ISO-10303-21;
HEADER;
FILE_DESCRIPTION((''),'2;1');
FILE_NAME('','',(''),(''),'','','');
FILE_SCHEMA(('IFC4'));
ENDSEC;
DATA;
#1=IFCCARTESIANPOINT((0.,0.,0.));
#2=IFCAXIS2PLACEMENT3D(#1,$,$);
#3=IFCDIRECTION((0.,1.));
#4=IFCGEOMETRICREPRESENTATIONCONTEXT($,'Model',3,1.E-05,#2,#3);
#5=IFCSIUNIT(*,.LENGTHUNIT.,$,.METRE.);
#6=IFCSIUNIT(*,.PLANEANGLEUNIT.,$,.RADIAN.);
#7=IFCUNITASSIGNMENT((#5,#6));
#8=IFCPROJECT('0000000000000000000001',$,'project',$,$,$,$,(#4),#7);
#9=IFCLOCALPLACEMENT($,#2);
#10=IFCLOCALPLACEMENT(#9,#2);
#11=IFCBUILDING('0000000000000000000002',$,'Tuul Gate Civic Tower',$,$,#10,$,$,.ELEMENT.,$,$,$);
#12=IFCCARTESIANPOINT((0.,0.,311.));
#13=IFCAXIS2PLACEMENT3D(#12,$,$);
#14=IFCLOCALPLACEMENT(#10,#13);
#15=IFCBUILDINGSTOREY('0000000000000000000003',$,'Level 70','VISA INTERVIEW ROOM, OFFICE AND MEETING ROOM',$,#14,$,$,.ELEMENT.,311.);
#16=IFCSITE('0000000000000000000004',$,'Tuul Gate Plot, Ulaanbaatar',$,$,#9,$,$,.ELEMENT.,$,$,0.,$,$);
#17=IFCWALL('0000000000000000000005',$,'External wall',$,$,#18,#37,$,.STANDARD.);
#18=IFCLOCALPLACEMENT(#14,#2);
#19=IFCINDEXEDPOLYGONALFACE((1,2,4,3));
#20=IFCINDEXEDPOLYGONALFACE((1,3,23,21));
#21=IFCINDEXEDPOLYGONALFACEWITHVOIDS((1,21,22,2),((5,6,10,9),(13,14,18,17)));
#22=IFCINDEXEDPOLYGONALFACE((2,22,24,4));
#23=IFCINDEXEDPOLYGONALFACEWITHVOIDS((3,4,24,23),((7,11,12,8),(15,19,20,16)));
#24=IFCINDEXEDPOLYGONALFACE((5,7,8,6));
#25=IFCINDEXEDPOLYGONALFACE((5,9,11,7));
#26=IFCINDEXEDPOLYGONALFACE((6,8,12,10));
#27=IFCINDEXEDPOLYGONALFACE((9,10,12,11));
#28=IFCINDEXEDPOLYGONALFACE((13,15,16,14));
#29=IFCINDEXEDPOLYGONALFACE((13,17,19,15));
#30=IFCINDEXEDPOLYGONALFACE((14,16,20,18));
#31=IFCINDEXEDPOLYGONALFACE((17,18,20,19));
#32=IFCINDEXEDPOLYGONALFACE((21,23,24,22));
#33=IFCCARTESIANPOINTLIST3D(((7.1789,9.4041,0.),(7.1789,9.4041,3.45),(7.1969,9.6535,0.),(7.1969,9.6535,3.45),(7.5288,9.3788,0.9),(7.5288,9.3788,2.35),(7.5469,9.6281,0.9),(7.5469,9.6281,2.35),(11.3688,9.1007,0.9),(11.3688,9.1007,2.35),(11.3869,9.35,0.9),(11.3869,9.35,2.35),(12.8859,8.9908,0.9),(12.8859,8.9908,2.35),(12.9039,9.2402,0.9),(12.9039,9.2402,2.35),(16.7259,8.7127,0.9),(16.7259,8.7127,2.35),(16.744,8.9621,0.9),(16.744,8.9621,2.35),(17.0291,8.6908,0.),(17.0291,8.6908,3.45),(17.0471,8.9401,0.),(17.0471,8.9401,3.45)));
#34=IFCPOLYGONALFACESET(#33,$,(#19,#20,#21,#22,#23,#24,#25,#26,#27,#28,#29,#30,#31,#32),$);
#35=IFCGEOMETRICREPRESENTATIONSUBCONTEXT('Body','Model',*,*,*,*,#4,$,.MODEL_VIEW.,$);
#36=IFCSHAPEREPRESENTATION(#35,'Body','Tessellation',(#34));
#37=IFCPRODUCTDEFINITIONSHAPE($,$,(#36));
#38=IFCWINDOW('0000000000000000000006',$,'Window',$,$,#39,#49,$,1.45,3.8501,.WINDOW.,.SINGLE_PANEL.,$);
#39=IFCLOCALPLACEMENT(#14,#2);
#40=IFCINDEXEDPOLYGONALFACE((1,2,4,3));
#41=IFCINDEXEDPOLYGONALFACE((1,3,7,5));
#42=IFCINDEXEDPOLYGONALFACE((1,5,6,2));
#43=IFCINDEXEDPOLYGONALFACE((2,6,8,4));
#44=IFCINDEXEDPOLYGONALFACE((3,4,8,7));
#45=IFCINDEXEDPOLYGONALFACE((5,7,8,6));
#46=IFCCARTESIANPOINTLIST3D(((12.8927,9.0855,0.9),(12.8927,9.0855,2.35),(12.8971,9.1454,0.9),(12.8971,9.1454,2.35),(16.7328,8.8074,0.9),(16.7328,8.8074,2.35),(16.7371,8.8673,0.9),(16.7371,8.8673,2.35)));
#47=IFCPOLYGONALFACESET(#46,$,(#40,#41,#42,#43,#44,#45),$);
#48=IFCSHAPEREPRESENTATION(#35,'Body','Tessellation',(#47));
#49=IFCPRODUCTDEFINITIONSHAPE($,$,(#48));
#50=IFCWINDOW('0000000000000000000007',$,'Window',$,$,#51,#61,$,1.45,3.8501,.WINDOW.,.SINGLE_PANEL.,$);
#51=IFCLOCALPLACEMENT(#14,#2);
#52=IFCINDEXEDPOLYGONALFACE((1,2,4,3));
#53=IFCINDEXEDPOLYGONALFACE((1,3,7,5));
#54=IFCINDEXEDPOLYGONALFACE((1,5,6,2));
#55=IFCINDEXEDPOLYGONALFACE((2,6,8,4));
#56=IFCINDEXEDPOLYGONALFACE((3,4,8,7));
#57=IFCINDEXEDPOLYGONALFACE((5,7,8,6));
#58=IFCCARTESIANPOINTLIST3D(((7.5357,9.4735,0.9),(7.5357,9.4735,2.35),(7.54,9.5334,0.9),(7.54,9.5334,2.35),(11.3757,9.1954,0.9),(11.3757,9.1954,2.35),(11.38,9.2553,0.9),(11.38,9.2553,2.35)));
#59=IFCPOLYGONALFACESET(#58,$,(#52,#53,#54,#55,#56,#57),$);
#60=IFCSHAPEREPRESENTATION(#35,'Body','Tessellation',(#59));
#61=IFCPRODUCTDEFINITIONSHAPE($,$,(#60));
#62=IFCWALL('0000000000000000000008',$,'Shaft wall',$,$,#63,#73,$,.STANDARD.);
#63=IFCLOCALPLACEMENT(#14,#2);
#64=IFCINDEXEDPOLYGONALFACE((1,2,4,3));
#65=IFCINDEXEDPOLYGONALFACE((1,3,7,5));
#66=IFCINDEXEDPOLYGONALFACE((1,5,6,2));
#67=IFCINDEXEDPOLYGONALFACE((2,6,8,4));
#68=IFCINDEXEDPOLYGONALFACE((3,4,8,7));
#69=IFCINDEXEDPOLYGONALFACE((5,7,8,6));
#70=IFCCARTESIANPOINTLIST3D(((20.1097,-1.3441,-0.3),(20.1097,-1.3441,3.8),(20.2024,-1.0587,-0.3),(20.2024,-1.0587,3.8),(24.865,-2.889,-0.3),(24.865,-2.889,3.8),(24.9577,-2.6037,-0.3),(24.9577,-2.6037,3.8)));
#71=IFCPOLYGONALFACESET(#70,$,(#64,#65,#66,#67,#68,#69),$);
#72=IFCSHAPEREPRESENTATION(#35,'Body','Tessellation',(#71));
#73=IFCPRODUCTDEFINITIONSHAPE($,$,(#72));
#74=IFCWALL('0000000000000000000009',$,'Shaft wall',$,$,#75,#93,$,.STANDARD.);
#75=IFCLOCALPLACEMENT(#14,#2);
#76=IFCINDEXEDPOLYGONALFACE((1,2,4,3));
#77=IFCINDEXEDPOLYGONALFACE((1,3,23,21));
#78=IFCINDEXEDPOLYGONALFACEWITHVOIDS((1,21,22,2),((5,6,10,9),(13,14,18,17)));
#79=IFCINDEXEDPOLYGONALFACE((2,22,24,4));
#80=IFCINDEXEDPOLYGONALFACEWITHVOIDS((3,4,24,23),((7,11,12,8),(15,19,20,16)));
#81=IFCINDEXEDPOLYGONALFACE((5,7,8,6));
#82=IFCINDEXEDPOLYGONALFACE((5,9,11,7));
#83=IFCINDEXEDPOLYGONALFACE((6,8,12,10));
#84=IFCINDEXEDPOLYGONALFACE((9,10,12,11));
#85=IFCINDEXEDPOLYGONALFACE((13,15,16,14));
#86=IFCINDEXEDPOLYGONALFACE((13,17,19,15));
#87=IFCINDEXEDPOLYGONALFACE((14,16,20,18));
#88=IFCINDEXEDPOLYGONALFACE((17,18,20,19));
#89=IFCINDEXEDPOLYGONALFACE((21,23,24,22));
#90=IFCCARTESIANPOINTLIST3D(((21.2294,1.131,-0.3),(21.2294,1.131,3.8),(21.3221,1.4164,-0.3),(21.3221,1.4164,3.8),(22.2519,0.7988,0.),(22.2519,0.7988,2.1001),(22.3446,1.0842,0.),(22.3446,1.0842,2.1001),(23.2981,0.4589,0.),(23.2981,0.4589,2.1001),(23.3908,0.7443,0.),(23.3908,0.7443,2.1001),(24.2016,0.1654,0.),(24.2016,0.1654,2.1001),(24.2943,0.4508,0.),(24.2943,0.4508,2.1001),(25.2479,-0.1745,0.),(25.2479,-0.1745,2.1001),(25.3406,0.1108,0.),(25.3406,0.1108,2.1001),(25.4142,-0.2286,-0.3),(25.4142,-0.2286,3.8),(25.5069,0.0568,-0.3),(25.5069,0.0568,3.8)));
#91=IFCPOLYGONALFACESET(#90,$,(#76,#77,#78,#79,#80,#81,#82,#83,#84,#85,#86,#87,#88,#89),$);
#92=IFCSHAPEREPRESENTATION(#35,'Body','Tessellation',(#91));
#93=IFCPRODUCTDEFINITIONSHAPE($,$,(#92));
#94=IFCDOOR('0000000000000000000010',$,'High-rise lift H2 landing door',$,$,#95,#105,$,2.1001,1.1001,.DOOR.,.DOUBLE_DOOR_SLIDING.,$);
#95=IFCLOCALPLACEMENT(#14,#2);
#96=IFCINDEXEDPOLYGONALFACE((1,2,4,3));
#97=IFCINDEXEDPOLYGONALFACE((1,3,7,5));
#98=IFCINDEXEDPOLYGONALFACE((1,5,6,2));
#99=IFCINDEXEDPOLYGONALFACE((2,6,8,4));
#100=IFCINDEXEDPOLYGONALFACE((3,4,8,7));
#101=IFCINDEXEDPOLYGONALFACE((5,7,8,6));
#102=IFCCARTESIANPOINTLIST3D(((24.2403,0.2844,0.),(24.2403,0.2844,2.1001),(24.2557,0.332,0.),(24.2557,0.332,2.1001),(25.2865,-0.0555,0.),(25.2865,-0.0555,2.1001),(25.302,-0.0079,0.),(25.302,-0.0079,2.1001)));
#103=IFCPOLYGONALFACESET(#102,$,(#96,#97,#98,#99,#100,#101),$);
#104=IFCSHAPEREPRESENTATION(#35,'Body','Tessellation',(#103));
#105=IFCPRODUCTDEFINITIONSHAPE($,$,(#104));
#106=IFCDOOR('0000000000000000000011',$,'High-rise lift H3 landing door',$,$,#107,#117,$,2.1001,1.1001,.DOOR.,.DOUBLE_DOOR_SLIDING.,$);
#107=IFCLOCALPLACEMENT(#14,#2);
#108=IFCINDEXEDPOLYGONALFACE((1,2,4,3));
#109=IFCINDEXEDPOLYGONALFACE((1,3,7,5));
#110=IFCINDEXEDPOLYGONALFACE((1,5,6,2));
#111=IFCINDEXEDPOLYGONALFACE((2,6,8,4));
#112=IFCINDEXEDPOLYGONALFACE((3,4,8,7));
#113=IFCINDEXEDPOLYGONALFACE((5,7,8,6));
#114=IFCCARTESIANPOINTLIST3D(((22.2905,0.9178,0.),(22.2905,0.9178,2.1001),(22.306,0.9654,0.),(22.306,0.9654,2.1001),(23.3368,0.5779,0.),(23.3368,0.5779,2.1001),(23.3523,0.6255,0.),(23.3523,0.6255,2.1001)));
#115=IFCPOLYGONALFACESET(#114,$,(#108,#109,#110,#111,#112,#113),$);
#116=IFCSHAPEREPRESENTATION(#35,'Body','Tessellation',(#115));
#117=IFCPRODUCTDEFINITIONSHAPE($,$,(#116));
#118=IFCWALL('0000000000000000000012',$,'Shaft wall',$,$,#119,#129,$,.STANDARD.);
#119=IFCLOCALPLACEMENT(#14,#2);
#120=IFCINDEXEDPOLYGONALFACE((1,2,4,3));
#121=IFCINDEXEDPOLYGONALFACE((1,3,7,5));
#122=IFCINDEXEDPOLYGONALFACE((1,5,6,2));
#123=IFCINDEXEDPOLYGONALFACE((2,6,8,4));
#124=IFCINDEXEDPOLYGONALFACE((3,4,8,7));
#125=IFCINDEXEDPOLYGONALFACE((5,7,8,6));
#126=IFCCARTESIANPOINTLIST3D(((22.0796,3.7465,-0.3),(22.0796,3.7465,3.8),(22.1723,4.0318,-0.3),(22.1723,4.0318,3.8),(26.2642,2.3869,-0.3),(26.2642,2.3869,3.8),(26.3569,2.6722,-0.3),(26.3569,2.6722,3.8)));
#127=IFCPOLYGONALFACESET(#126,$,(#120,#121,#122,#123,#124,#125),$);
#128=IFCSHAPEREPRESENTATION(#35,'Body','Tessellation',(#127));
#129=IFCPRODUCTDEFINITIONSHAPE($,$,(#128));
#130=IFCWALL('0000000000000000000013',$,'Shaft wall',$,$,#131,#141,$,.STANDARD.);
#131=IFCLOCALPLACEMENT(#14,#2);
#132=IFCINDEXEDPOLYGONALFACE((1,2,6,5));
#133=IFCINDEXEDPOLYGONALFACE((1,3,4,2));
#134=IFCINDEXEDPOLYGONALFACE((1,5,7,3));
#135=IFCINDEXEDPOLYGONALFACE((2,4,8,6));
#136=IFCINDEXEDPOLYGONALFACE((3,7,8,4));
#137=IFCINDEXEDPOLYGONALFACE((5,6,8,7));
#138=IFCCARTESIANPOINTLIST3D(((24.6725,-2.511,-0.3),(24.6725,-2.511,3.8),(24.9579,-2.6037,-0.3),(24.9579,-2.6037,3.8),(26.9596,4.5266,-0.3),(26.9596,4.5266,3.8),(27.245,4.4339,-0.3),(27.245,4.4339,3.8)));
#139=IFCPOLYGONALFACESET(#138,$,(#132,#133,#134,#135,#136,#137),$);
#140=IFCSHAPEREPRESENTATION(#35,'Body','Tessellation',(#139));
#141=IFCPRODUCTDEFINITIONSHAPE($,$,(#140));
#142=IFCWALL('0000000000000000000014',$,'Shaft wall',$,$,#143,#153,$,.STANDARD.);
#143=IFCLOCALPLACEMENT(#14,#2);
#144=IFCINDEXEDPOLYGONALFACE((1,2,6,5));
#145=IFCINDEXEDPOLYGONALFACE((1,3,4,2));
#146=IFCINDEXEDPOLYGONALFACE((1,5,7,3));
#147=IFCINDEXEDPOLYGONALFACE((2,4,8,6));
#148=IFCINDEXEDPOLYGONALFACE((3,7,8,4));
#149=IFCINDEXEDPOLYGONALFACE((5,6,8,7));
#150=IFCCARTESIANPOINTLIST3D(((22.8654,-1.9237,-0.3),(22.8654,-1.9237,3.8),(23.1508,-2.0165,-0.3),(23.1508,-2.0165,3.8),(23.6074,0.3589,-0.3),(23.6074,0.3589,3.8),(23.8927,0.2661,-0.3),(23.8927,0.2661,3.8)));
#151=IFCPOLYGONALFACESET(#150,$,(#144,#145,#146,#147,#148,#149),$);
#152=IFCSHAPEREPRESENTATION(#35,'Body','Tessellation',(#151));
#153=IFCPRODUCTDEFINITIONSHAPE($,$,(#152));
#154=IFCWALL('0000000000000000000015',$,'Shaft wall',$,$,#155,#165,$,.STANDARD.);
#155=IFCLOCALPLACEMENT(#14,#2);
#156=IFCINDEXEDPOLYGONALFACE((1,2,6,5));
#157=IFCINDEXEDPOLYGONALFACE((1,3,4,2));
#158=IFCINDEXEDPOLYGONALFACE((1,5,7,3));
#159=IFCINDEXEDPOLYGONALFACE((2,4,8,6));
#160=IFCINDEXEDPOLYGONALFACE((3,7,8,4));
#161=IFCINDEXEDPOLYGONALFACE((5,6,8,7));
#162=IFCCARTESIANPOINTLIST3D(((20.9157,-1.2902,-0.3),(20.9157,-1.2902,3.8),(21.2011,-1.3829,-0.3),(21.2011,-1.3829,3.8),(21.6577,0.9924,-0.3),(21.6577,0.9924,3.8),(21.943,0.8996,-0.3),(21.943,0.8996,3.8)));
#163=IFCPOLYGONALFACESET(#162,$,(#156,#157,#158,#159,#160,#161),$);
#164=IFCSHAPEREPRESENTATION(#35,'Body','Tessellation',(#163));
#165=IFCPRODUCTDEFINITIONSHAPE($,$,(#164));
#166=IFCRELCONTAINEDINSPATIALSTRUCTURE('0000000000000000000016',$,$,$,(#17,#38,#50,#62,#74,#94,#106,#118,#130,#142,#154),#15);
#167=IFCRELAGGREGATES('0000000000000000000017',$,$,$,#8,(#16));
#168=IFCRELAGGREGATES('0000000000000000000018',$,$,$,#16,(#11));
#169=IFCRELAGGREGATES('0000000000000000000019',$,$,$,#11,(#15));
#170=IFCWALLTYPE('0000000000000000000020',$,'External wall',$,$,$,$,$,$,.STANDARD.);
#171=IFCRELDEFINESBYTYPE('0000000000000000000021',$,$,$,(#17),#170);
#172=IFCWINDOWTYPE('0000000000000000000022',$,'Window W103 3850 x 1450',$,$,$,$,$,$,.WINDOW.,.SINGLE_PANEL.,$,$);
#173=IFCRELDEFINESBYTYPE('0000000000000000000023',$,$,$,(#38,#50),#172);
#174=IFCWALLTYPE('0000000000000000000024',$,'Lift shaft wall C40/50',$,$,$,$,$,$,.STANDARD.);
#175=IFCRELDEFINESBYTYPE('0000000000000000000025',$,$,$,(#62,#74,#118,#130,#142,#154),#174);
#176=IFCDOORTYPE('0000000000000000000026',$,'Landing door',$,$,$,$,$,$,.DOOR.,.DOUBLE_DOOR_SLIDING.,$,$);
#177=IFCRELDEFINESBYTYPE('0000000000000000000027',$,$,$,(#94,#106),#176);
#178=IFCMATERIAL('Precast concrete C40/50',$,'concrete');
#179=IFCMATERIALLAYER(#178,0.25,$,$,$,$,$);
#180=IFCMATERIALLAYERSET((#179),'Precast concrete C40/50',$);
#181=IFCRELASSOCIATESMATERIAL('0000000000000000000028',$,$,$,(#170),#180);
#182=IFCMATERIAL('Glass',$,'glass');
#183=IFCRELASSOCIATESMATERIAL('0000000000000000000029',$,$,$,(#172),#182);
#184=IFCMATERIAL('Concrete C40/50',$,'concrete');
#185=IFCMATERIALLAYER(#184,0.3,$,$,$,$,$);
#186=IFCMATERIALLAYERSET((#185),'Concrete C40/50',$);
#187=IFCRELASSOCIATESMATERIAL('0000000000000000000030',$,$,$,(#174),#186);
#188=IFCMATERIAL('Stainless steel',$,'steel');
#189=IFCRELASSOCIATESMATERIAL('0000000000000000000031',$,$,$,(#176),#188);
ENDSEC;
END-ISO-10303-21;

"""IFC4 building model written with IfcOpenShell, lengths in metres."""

from ifc_helpers import new_model, si_unit, direction, frame, frame_2d, origin, place, context, subcontext, project, spatial, rectangle, extrude, material, layer, layer_set, type_object, element, fill, save


model = new_model("IFC4")

# Units and contexts
model_context = context("Model", 3, precision=1e-05, world=origin(), true_north=direction((0.0, 1.0)))
body_context = subcontext(model_context, "Body", "Model", "MODEL_VIEW")
ifc_project = project(units=[si_unit("LENGTHUNIT", "METRE"), si_unit("PLANEANGLEUNIT", "RADIAN")], contexts=[model_context])

# Site, building, storey
site_placement = place(None, origin())
site = spatial("IfcSite", under=ifc_project, at=site_placement, Name="Tuul Gate Plot, Ulaanbaatar", CompositionType="ELEMENT", RefElevation=0.0)
building_placement = place(site_placement, origin())
building = spatial("IfcBuilding", under=site, at=building_placement, Name="Tuul Gate Civic Tower", CompositionType="ELEMENT")
storey_placement = place(building_placement, frame((0.0, 0.0, 311.0)))
storey = spatial("IfcBuildingStorey", under=building, at=storey_placement, Name="Level 70", Description="VISA INTERVIEW ROOM, OFFICE AND MEETING ROOM", CompositionType="ELEMENT", Elevation=311.0)

# Wall, openings, windows
ifc_material_1 = material(Name="Precast concrete C40/50", Category="concrete")
ifc_layer_1 = layer(ifc_material_1, 0.25)
ifc_layer_set_1 = layer_set([ifc_layer_1], Name="Precast concrete C40/50")
wall_type_1 = type_object("IfcWallType", Name="External wall", PredefinedType="STANDARD", material=ifc_layer_set_1)
wall_1_placement = place(storey_placement, frame((17.0381, 8.8154, 0.0), z_axis=(0.0, 0.0, 1.0), x_axis=(-0.997388, 0.072234, 0.0)))
wall_1 = element("IfcWall", 1, at=wall_1_placement, inside=storey, type_object=wall_type_1, Name="External wall", PredefinedType="STANDARD", context=body_context, shape_type="SweptSolid", body=[
    extrude(rectangle(XDim=9.876, YDim=0.25, at=frame_2d((4.938, 0.0))), origin(), (0.0, 0.0, 1.0), 3.45),
])
opening_1_placement = place(wall_1_placement, frame((0.304, 0.0, 0.8999)))
opening_1 = element("IfcOpeningElement", 2, at=opening_1_placement, cuts=wall_1, PredefinedType="OPENING", context=body_context, shape_type="SweptSolid", body=[
    extrude(rectangle(XDim=3.8501, YDim=1.45, at=frame_2d((1.925, 0.7251))), frame((0.0, 0.135, 0.0), z_axis=(0.0, -1.0, 0.0), x_axis=(1.0, 0.0, 0.0)), (0.0, 0.0, 1.0), 0.27),
])
opening_2_placement = place(wall_1_placement, frame((5.675, 0.0, 0.8999)))
opening_2 = element("IfcOpeningElement", 3, at=opening_2_placement, cuts=wall_1, PredefinedType="OPENING", context=body_context, shape_type="SweptSolid", body=[
    extrude(rectangle(XDim=3.8501, YDim=1.45, at=frame_2d((1.925, 0.7251))), frame((0.0, 0.135, 0.0), z_axis=(0.0, -1.0, 0.0), x_axis=(1.0, 0.0, 0.0)), (0.0, 0.0, 1.0), 0.27),
])
ifc_material_2 = material(Name="Glass", Category="glass")
window_type = type_object("IfcWindowType", Name="Window W103 3850 x 1450", PartitioningType="SINGLE_PANEL", PredefinedType="WINDOW", material=ifc_material_2)
window_1_placement = place(opening_1_placement, origin())
window_1 = element("IfcWindow", 4, at=window_1_placement, inside=storey, type_object=window_type, Name="Window", OverallHeight=1.45, OverallWidth=3.8501, PartitioningType="SINGLE_PANEL", PredefinedType="WINDOW", context=body_context, shape_type="SweptSolid", body=[
    extrude(rectangle(XDim=3.8501, YDim=1.45, at=frame_2d((1.925, 0.7251))), frame((0.0, 0.03, 0.0), z_axis=(0.0, -1.0, 0.0), x_axis=(1.0, 0.0, 0.0)), (0.0, 0.0, 1.0), 0.0601),
])
fill(opening_1, window_1)
window_2_placement = place(opening_2_placement, origin())
window_2 = element("IfcWindow", 5, at=window_2_placement, inside=storey, type_object=window_type, Name="Window", OverallHeight=1.45, OverallWidth=3.8501, PartitioningType="SINGLE_PANEL", PredefinedType="WINDOW", context=body_context, shape_type="SweptSolid", body=[
    extrude(rectangle(XDim=3.8501, YDim=1.45, at=frame_2d((1.925, 0.7251))), frame((0.0, 0.03, 0.0), z_axis=(0.0, -1.0, 0.0), x_axis=(1.0, 0.0, 0.0)), (0.0, 0.0, 1.0), 0.0601),
])
fill(opening_2, window_2)

# Wall
ifc_material_3 = material(Name="Concrete C40/50", Category="concrete")
ifc_layer_2 = layer(ifc_material_3, 0.3)
ifc_layer_set_2 = layer_set([ifc_layer_2], Name="Concrete C40/50")
wall_type_2 = type_object("IfcWallType", Name="Lift shaft wall C40/50", PredefinedType="STANDARD", material=ifc_layer_set_2)
wall_2_placement = place(storey_placement, frame((24.9114, -2.7463, -0.3), z_axis=(0.0, 0.0, 1.0), x_axis=(-0.951068, 0.308982, 0.0)))
element("IfcWall", 6, at=wall_2_placement, inside=storey, type_object=wall_type_2, Name="Shaft wall", PredefinedType="STANDARD", context=body_context, shape_type="SweptSolid", body=[
    extrude(rectangle(XDim=5.0, YDim=0.3, at=frame_2d((2.5, 0.0))), origin(), (0.0, 0.0, 1.0), 4.1001),
])

# Wall, openings, doors
wall_3_placement = place(storey_placement, frame((25.4607, -0.0859, -0.3), z_axis=(0.0, 0.0, 1.0), x_axis=(-0.951064, 0.308994, 0.0)))
wall_3 = element("IfcWall", 7, at=wall_3_placement, inside=storey, type_object=wall_type_2, Name="Shaft wall", PredefinedType="STANDARD", context=body_context, shape_type="SweptSolid", body=[
    extrude(rectangle(XDim=4.4001, YDim=0.3, at=frame_2d((2.2002, 0.0))), origin(), (0.0, 0.0, 1.0), 4.1001),
])
opening_3_placement = place(wall_3_placement, frame((0.175, 0.0, 0.3)))
opening_3 = element("IfcOpeningElement", 8, at=opening_3_placement, cuts=wall_3, PredefinedType="OPENING", context=body_context, shape_type="SweptSolid", body=[
    extrude(rectangle(XDim=1.1001, YDim=2.1001, at=frame_2d((0.55, 1.05))), frame((0.0, 0.1602, 0.0), z_axis=(0.0, -1.0, 0.0), x_axis=(1.0, 0.0, 0.0)), (0.0, 0.0, 1.0), 0.3201),
])
opening_4_placement = place(wall_3_placement, frame((2.2251, 0.0, 0.3)))
opening_4 = element("IfcOpeningElement", 9, at=opening_4_placement, cuts=wall_3, PredefinedType="OPENING", context=body_context, shape_type="SweptSolid", body=[
    extrude(rectangle(XDim=1.1001, YDim=2.1001, at=frame_2d((0.55, 1.05))), frame((0.0, 0.1602, 0.0), z_axis=(0.0, -1.0, 0.0), x_axis=(1.0, 0.0, 0.0)), (0.0, 0.0, 1.0), 0.3201),
])
ifc_material_4 = material(Name="Stainless steel", Category="steel")
door_type_1 = type_object("IfcDoorType", Name="Landing door", OperationType="DOUBLE_DOOR_SLIDING", PredefinedType="DOOR", material=ifc_material_4)
door_1_placement = place(opening_3_placement, origin())
door_1 = element("IfcDoor", 10, at=door_1_placement, inside=storey, type_object=door_type_1, Name="High-rise lift H2 landing door", OperationType="DOUBLE_DOOR_SLIDING", OverallHeight=2.1001, OverallWidth=1.1001, PredefinedType="DOOR", context=body_context, shape_type="SweptSolid", body=[
    extrude(rectangle(XDim=1.1001, YDim=2.1001, at=frame_2d((0.55, 1.05))), frame((0.0, 0.0249, 0.0), z_axis=(0.0, -1.0, 0.0), x_axis=(1.0, 0.0, 0.0)), (0.0, 0.0, 1.0), 0.05),
])
fill(opening_3, door_1)
door_2_placement = place(opening_4_placement, origin())
door_2 = element("IfcDoor", 11, at=door_2_placement, inside=storey, type_object=door_type_1, Name="High-rise lift H3 landing door", OperationType="DOUBLE_DOOR_SLIDING", OverallHeight=2.1001, OverallWidth=1.1001, PredefinedType="DOOR", context=body_context, shape_type="SweptSolid", body=[
    extrude(rectangle(XDim=1.1001, YDim=2.1001, at=frame_2d((0.55, 1.05))), frame((0.0, 0.0249, 0.0), z_axis=(0.0, -1.0, 0.0), x_axis=(1.0, 0.0, 0.0)), (0.0, 0.0, 1.0), 0.05),
])
fill(opening_4, door_2)

# Walls
wall_4_placement = place(storey_placement, frame((26.3105, 2.5295, -0.3), z_axis=(0.0, 0.0, 1.0), x_axis=(-0.951059, 0.309011, 0.0)))
element("IfcWall", 12, at=wall_4_placement, inside=storey, type_object=wall_type_2, Name="Shaft wall", PredefinedType="STANDARD", context=body_context, shape_type="SweptSolid", body=[
    extrude(rectangle(XDim=4.3999, YDim=0.3, at=frame_2d((2.2, 0.0))), origin(), (0.0, 0.0, 1.0), 4.1001),
])
wall_5_placement = place(storey_placement, frame((24.8152, -2.5574, -0.3), z_axis=(0.0, 0.0, 1.0), x_axis=(0.309073, 0.951038, 0.0)))
element("IfcWall", 13, at=wall_5_placement, inside=storey, type_object=wall_type_2, Name="Shaft wall", PredefinedType="STANDARD", context=body_context, shape_type="SweptSolid", body=[
    extrude(rectangle(XDim=7.3999, YDim=0.3, at=frame_2d((3.7, 0.0))), origin(), (0.0, 0.0, 1.0), 4.1001),
])
for number, where, z_axis, x_axis, name in (
    (14, (23.0081, -1.9702, -0.3), (0.0, 0.0, 1.0), (0.309139, 0.951017, 0.0), "Shaft wall"),
    (15, (21.0583, -1.3367, -0.3), (0.0, 0.0, 1.0), (0.309139, 0.951017, 0.0), "Shaft wall"),
):
    element("IfcWall", number, at=place(storey_placement, frame(where, z_axis=z_axis, x_axis=x_axis)), inside=storey, type_object=wall_type_2, Name=name, PredefinedType="STANDARD", context=body_context, shape_type="SweptSolid", body=[
        extrude(rectangle(XDim=2.4001, YDim=0.3, at=frame_2d((1.2002, 0.0))), origin(), (0.0, 0.0, 1.0), 4.1001),
    ])

save(model, "model.ifc")
